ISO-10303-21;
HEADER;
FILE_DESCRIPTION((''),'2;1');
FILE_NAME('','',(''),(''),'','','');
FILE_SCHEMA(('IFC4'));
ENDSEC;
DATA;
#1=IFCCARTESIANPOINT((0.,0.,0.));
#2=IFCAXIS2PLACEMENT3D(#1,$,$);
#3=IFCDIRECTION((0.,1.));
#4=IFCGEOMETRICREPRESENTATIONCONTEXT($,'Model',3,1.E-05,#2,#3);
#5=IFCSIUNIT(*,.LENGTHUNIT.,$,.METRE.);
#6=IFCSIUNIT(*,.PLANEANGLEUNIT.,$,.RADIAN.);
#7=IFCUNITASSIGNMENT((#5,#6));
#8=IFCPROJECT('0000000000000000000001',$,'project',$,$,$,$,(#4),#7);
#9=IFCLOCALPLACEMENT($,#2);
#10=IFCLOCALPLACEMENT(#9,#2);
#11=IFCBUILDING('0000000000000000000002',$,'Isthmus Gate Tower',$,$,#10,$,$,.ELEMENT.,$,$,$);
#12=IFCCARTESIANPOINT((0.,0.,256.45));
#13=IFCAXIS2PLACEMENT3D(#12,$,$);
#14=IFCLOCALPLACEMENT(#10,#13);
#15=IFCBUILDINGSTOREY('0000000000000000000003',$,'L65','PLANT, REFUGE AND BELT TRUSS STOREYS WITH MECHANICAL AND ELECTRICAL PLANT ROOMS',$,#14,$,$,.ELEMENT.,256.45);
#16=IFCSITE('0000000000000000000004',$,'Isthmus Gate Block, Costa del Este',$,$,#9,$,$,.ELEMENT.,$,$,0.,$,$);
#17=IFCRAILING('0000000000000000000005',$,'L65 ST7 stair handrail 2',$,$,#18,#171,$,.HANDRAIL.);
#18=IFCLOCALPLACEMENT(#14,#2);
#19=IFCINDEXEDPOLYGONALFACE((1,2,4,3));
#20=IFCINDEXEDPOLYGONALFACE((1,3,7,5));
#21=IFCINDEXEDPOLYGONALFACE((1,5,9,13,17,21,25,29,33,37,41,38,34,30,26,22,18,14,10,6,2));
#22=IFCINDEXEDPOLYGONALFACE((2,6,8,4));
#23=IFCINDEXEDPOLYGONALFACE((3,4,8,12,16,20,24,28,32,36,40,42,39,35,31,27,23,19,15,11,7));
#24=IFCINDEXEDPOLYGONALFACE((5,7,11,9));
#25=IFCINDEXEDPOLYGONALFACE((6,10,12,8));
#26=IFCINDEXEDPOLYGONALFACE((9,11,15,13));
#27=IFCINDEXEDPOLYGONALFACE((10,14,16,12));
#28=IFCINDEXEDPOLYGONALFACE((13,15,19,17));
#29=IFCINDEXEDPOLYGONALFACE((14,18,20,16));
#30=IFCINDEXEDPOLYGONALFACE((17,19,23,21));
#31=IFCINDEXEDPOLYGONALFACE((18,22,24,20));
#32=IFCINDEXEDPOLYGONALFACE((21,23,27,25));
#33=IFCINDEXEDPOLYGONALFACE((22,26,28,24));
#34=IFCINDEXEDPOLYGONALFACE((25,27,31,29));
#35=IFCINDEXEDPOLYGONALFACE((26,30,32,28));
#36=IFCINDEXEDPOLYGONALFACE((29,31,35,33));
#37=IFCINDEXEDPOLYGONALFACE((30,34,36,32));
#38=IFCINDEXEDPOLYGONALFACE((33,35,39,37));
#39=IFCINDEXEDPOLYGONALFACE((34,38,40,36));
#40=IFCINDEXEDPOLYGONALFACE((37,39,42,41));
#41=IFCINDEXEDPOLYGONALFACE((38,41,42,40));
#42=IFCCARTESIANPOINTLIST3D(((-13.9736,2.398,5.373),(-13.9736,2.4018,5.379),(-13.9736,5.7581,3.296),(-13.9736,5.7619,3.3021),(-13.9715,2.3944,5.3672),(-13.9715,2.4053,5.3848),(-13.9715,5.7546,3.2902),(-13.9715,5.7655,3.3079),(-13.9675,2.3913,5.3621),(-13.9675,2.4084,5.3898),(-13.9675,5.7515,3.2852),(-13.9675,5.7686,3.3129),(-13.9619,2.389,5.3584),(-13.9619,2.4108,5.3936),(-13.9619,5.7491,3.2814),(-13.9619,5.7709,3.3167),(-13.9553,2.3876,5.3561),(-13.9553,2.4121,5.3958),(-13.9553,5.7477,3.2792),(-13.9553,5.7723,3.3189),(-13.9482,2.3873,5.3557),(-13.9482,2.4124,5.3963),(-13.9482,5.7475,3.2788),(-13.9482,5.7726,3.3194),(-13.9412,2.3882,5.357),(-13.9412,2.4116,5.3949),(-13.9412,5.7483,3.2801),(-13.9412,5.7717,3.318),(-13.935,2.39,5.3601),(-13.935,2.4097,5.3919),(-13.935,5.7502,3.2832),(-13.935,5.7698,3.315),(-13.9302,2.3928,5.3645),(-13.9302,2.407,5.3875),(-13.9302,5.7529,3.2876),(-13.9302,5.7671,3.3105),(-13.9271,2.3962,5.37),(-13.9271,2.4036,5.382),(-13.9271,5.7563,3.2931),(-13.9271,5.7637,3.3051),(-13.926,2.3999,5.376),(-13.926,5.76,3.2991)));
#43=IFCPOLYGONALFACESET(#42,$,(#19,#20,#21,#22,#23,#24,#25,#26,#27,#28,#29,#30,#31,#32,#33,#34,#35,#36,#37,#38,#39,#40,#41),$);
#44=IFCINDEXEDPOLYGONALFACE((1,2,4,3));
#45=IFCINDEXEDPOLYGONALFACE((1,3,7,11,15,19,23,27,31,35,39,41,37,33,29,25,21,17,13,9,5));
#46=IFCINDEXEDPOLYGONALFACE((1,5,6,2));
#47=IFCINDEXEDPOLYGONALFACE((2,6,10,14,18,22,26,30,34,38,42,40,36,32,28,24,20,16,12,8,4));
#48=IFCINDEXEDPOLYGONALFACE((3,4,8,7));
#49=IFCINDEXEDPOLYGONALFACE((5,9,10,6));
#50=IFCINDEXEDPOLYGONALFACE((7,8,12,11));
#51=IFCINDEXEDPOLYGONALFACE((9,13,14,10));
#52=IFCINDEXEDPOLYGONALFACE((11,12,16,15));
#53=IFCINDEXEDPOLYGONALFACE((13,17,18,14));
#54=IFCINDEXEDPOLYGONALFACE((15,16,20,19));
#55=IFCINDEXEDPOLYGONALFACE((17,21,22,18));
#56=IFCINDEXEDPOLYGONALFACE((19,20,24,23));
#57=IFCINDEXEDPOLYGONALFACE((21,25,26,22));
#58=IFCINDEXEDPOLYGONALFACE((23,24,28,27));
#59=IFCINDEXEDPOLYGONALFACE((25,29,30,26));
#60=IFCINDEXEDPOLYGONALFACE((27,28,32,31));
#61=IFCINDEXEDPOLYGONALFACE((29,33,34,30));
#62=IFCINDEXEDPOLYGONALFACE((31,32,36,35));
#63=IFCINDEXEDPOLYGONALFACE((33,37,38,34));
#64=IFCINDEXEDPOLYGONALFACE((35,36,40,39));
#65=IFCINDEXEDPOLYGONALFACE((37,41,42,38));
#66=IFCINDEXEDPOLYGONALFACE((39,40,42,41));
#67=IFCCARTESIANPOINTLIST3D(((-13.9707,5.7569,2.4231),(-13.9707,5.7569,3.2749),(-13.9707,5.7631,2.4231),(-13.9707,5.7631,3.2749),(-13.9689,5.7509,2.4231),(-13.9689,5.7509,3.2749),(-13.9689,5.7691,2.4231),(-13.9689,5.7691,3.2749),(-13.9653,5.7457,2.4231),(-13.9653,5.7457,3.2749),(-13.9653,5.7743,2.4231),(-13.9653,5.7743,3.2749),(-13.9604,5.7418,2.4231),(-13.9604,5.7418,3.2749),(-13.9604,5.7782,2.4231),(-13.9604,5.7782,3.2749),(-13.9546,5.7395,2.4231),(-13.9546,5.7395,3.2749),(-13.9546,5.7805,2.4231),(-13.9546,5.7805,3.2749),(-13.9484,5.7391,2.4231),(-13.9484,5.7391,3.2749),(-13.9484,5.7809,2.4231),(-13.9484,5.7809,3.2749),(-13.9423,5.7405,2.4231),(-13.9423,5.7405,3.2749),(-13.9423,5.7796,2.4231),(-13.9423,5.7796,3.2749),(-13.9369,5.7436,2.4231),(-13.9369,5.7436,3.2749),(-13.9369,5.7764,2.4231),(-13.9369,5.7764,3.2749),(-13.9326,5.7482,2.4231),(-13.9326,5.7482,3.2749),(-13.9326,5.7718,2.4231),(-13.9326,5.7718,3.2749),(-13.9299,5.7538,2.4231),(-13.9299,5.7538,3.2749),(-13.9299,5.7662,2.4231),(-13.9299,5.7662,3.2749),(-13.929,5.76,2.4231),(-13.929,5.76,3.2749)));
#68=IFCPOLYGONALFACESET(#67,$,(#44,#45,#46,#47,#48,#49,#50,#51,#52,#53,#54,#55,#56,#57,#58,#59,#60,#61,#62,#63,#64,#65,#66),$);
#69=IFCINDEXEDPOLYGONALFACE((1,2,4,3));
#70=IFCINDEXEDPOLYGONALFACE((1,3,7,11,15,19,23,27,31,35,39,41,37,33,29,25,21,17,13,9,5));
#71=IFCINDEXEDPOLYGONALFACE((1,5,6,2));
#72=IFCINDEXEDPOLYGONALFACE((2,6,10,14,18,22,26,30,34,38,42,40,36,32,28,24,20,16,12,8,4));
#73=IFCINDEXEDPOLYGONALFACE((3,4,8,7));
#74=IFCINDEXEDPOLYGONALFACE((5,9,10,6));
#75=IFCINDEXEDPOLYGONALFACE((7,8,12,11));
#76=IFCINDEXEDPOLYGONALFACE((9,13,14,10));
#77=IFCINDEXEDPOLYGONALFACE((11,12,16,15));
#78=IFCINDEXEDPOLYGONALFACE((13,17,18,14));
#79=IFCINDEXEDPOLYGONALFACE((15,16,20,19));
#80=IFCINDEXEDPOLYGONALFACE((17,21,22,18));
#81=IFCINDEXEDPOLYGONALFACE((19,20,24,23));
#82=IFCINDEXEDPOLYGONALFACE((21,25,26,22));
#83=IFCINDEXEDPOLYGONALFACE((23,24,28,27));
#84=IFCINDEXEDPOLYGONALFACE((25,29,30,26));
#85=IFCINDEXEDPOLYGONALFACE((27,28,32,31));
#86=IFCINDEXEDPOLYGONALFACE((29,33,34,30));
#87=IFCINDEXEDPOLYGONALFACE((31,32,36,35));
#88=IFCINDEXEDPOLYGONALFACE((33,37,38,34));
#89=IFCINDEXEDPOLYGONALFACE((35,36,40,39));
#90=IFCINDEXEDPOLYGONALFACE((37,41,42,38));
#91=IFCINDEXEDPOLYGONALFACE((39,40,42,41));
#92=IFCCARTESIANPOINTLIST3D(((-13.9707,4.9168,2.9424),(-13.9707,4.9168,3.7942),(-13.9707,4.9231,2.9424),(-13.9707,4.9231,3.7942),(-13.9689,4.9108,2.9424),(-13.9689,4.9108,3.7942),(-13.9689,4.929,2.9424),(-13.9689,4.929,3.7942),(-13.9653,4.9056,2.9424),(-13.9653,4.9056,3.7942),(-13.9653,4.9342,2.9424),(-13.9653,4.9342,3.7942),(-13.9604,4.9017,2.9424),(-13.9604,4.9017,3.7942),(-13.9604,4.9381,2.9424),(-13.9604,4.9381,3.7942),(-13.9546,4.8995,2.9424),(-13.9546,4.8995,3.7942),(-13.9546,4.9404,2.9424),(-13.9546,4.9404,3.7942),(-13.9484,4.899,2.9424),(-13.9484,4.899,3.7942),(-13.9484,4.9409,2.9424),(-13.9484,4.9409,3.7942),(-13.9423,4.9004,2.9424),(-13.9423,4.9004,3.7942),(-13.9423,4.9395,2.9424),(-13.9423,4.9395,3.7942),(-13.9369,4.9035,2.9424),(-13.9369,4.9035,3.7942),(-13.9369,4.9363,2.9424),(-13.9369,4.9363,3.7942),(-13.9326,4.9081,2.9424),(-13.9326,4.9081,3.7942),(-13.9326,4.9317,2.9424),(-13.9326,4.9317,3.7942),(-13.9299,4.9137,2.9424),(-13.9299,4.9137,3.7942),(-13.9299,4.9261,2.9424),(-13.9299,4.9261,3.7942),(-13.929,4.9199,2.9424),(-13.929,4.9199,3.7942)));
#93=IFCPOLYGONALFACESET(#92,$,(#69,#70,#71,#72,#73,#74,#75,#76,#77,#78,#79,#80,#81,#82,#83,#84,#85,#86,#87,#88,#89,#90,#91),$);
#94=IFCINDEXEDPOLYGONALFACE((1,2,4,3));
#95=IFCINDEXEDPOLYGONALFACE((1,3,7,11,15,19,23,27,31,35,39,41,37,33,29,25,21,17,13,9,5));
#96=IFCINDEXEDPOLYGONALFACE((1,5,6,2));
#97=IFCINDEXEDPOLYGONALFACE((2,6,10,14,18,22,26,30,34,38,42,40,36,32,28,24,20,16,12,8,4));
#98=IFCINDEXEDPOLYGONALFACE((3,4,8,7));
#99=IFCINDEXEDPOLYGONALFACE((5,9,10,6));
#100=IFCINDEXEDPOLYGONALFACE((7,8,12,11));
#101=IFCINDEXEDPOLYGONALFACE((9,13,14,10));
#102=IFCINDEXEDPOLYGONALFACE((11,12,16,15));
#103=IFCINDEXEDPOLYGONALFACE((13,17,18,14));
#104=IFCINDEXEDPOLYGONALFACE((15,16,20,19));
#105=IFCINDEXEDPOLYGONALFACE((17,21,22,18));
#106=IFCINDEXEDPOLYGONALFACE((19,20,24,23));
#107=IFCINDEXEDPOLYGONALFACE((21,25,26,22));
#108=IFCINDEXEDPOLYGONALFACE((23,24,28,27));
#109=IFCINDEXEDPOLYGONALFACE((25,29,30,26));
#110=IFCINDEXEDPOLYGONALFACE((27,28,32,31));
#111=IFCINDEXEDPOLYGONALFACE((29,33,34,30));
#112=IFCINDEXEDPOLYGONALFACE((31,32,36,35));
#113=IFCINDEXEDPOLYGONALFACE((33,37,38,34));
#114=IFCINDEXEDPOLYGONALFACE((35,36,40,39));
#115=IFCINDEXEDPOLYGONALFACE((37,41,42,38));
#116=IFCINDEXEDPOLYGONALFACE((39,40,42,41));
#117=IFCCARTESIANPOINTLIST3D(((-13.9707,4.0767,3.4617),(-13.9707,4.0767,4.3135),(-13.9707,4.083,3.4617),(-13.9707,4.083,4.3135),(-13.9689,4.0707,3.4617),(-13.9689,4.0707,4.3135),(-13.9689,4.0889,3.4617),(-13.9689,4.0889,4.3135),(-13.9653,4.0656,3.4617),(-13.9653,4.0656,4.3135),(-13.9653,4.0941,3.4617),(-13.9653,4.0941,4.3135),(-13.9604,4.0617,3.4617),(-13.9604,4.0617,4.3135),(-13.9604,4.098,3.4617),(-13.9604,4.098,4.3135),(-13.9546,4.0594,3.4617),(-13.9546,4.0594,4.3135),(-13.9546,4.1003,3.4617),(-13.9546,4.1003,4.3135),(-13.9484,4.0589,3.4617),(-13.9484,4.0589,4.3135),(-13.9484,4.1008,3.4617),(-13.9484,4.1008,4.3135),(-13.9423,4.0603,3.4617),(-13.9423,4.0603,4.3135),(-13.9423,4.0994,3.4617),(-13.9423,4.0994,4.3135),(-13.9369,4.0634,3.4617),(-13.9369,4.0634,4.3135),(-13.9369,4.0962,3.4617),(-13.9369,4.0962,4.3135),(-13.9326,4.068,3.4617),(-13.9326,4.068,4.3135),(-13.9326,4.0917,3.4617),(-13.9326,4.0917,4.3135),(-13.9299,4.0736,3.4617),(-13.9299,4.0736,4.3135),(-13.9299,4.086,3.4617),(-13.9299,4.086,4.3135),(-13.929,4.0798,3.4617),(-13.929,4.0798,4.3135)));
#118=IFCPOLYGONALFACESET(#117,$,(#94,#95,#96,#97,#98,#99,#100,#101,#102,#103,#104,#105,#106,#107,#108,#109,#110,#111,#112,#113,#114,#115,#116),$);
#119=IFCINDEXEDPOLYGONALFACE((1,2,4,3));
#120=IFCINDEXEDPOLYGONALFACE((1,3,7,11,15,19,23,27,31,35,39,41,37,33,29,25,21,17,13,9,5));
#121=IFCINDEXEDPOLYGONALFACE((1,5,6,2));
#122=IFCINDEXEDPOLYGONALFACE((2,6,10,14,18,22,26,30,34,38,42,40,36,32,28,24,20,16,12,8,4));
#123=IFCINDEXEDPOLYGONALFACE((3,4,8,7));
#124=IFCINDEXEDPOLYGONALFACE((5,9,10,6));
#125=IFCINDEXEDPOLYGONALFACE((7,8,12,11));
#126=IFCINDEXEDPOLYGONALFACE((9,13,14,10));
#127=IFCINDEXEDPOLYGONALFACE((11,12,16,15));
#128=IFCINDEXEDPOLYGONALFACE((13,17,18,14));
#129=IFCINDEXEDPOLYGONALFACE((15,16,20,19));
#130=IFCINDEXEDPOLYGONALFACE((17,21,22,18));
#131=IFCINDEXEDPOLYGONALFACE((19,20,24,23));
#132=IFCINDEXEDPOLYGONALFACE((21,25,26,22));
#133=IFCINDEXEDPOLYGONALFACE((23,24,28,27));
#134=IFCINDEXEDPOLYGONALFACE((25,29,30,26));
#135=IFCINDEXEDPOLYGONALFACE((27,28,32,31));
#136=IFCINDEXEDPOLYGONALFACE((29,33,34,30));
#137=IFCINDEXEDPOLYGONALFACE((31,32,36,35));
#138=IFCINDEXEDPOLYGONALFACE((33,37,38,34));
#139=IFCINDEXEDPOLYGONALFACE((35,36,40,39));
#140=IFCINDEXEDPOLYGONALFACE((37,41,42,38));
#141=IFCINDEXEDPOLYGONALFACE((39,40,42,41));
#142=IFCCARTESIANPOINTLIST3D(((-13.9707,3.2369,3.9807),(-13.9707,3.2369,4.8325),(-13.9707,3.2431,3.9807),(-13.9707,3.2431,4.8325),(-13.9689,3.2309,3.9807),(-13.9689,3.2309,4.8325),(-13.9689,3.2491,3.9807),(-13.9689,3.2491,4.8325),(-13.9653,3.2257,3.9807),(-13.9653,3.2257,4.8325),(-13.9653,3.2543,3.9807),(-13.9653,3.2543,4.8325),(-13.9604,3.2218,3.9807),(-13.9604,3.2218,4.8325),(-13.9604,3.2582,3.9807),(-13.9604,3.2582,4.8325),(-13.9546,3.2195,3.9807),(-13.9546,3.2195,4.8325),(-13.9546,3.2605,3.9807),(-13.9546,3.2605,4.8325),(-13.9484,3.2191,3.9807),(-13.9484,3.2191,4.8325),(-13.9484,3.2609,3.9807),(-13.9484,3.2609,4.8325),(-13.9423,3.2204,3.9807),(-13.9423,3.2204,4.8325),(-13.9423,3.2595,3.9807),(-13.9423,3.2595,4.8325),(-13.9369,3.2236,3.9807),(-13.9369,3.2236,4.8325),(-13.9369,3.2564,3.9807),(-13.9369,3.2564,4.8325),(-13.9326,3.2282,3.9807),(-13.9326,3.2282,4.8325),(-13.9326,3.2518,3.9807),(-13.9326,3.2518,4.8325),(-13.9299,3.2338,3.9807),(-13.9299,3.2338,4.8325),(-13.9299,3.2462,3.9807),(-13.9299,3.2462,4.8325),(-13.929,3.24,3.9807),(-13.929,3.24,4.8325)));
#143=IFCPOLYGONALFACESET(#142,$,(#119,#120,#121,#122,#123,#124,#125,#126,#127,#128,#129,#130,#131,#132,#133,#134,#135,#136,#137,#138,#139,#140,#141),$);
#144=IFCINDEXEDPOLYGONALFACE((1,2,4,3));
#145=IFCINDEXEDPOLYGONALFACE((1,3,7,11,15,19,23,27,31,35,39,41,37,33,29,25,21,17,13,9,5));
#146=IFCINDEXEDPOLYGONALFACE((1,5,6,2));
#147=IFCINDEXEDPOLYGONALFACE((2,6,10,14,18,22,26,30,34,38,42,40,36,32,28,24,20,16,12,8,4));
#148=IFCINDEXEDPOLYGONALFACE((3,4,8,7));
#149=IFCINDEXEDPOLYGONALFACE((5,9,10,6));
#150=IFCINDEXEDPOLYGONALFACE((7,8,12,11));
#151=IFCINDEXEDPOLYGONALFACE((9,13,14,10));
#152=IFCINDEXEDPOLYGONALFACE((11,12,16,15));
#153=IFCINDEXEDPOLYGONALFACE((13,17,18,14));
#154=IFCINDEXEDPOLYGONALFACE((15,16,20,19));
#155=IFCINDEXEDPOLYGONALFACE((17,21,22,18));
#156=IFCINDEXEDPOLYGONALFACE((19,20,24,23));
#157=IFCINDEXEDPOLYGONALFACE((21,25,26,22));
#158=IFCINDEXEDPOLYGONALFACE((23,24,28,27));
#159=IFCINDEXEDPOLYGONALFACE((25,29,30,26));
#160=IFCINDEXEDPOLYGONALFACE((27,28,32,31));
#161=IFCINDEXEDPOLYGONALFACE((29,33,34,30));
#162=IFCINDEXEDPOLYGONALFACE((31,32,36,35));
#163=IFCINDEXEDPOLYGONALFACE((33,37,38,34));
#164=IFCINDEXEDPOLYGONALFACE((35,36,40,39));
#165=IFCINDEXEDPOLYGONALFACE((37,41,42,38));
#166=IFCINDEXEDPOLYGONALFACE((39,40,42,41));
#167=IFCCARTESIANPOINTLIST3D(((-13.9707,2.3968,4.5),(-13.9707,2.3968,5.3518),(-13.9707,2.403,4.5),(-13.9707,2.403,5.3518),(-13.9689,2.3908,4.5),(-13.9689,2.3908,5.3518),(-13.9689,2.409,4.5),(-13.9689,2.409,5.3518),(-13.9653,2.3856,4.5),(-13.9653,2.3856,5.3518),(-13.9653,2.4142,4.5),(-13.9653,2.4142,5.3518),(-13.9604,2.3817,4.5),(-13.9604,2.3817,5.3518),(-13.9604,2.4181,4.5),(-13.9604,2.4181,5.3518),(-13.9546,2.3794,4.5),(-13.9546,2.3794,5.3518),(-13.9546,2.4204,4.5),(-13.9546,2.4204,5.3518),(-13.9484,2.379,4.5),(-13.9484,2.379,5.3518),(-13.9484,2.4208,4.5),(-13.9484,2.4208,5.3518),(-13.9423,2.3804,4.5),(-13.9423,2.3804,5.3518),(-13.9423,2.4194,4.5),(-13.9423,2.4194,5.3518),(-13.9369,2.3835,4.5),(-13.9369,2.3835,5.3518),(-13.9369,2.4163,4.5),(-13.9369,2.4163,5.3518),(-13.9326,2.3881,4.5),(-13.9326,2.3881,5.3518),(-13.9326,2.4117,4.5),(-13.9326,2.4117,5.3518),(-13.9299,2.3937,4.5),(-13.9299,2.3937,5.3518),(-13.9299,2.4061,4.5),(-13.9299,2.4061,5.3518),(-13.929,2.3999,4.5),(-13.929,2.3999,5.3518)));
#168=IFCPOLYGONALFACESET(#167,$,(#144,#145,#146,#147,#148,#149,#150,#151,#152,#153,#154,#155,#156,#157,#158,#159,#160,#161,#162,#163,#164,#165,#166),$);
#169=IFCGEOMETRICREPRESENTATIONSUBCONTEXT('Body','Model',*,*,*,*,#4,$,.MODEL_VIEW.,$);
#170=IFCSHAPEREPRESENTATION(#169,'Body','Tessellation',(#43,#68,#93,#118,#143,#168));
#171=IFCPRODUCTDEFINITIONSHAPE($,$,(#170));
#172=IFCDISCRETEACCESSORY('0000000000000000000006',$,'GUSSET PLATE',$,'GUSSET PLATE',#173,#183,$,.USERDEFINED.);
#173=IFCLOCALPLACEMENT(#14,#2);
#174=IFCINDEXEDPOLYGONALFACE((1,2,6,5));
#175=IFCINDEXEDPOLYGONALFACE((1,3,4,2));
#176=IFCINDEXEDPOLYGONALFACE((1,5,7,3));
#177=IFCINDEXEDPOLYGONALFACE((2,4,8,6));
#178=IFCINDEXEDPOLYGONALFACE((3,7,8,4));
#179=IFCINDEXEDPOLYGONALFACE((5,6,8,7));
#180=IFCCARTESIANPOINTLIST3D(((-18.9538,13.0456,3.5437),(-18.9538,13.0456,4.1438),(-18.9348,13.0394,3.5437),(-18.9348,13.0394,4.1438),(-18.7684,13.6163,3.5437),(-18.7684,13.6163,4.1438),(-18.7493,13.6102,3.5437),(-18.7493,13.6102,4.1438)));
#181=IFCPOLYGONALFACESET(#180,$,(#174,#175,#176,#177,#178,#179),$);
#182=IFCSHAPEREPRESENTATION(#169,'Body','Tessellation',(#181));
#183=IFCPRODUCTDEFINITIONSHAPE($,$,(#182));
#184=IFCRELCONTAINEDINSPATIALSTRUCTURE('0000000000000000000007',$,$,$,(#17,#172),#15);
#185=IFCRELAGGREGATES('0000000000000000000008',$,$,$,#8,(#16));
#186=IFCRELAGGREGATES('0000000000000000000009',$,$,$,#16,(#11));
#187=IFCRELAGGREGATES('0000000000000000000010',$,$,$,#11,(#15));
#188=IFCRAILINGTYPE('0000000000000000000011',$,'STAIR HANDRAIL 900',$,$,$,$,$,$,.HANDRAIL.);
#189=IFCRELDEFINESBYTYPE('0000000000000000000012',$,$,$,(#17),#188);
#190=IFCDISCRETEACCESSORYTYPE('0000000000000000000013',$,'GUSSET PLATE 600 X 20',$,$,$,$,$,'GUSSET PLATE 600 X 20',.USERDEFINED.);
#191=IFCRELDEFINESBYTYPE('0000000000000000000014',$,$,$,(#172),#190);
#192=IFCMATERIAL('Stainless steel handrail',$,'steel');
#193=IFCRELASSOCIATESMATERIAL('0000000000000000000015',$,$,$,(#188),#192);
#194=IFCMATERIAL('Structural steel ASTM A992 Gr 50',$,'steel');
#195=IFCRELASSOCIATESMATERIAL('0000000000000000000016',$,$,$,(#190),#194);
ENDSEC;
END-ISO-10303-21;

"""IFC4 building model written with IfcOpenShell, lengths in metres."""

from ifc_helpers import new_model, si_unit, direction, frame, origin, origin_2d, place, context, subcontext, project, spatial, rectangle, circle, extrude, material, type_object, element, save


model = new_model("IFC4")

# Units and contexts
model_context = context("Model", 3, precision=1e-05, world=origin(), true_north=direction((0.0, 1.0)))
body_context = subcontext(model_context, "Body", "Model", "MODEL_VIEW")
ifc_project = project(units=[si_unit("LENGTHUNIT", "METRE"), si_unit("PLANEANGLEUNIT", "RADIAN")], contexts=[model_context])

# Site, building, storey
site_placement = place(None, origin())
site = spatial("IfcSite", under=ifc_project, at=site_placement, Name="Isthmus Gate Block, Costa del Este", CompositionType="ELEMENT", RefElevation=0.0)
building_placement = place(site_placement, origin())
building = spatial("IfcBuilding", under=site, at=building_placement, Name="Isthmus Gate Tower", CompositionType="ELEMENT")
storey_placement = place(building_placement, frame((0.0, 0.0, 256.45)))
storey = spatial("IfcBuildingStorey", under=building, at=storey_placement, Name="L65", Description="PLANT, REFUGE AND BELT TRUSS STOREYS WITH MECHANICAL AND ELECTRICAL PLANT ROOMS", CompositionType="ELEMENT", Elevation=256.45)

# Railing
ifc_material_1 = material(Name="Stainless steel handrail", Category="steel")
railing_type = type_object("IfcRailingType", Name="STAIR HANDRAIL 900", PredefinedType="HANDRAIL", material=ifc_material_1)
for number, where, name in (
    (1, (-13.95, 5.76, 2.4231), "L65 ST7 stair handrail 2"),
):
    element("IfcRailing", number, at=place(storey_placement, frame(where)), inside=storey, type_object=railing_type, Name=name, PredefinedType="HANDRAIL", context=body_context, shape_type="SweptSolid", body=[
        extrude(circle(Radius=0.0239, at=origin_2d()), frame((0.0, 0.0, 0.876), z_axis=(0.0, -0.850623, 0.525776), x_axis=(1.0, 0.0, 0.0)), (0.0, 0.0, 1.0), 3.9502),
        extrude(circle(Radius=0.021, at=origin_2d()), origin(), (0.0, 0.0, 1.0), 0.8518),
        extrude(circle(Radius=0.021, at=origin_2d()), frame((0.0, -0.8401, 0.5193)), (0.0, 0.0, 1.0), 0.8518),
        extrude(circle(Radius=0.021, at=origin_2d()), frame((0.0, -1.6802, 1.0386)), (0.0, 0.0, 1.0), 0.8518),
        extrude(circle(Radius=0.021, at=origin_2d()), frame((0.0, -2.52, 1.5576)), (0.0, 0.0, 1.0), 0.8518),
        extrude(circle(Radius=0.021, at=origin_2d()), frame((0.0, -3.3601, 2.0769)), (0.0, 0.0, 1.0), 0.8518),
    ])

# Discrete accessory
ifc_material_2 = material(Name="Structural steel ASTM A992 Gr 50", Category="steel")
discrete_accessory_type = type_object("IfcDiscreteAccessoryType", Name="GUSSET PLATE 600 X 20", ElementType="GUSSET PLATE 600 X 20", PredefinedType="USERDEFINED", material=ifc_material_2)
discrete_accessory_placement = place(storey_placement, frame((-18.8516, 13.3279, 3.5437), z_axis=(0.0, 0.0, 1.0), x_axis=(0.309017, 0.951057, 0.0)))
element("IfcDiscreteAccessory", 2, at=discrete_accessory_placement, inside=storey, type_object=discrete_accessory_type, Name="GUSSET PLATE", ObjectType="GUSSET PLATE", PredefinedType="USERDEFINED", context=body_context, shape_type="SweptSolid", body=[
    extrude(rectangle(XDim=0.6001, YDim=0.02, at=origin_2d()), origin(), (0.0, 0.0, 1.0), 0.6001),
])

save(model, "model.ifc")
